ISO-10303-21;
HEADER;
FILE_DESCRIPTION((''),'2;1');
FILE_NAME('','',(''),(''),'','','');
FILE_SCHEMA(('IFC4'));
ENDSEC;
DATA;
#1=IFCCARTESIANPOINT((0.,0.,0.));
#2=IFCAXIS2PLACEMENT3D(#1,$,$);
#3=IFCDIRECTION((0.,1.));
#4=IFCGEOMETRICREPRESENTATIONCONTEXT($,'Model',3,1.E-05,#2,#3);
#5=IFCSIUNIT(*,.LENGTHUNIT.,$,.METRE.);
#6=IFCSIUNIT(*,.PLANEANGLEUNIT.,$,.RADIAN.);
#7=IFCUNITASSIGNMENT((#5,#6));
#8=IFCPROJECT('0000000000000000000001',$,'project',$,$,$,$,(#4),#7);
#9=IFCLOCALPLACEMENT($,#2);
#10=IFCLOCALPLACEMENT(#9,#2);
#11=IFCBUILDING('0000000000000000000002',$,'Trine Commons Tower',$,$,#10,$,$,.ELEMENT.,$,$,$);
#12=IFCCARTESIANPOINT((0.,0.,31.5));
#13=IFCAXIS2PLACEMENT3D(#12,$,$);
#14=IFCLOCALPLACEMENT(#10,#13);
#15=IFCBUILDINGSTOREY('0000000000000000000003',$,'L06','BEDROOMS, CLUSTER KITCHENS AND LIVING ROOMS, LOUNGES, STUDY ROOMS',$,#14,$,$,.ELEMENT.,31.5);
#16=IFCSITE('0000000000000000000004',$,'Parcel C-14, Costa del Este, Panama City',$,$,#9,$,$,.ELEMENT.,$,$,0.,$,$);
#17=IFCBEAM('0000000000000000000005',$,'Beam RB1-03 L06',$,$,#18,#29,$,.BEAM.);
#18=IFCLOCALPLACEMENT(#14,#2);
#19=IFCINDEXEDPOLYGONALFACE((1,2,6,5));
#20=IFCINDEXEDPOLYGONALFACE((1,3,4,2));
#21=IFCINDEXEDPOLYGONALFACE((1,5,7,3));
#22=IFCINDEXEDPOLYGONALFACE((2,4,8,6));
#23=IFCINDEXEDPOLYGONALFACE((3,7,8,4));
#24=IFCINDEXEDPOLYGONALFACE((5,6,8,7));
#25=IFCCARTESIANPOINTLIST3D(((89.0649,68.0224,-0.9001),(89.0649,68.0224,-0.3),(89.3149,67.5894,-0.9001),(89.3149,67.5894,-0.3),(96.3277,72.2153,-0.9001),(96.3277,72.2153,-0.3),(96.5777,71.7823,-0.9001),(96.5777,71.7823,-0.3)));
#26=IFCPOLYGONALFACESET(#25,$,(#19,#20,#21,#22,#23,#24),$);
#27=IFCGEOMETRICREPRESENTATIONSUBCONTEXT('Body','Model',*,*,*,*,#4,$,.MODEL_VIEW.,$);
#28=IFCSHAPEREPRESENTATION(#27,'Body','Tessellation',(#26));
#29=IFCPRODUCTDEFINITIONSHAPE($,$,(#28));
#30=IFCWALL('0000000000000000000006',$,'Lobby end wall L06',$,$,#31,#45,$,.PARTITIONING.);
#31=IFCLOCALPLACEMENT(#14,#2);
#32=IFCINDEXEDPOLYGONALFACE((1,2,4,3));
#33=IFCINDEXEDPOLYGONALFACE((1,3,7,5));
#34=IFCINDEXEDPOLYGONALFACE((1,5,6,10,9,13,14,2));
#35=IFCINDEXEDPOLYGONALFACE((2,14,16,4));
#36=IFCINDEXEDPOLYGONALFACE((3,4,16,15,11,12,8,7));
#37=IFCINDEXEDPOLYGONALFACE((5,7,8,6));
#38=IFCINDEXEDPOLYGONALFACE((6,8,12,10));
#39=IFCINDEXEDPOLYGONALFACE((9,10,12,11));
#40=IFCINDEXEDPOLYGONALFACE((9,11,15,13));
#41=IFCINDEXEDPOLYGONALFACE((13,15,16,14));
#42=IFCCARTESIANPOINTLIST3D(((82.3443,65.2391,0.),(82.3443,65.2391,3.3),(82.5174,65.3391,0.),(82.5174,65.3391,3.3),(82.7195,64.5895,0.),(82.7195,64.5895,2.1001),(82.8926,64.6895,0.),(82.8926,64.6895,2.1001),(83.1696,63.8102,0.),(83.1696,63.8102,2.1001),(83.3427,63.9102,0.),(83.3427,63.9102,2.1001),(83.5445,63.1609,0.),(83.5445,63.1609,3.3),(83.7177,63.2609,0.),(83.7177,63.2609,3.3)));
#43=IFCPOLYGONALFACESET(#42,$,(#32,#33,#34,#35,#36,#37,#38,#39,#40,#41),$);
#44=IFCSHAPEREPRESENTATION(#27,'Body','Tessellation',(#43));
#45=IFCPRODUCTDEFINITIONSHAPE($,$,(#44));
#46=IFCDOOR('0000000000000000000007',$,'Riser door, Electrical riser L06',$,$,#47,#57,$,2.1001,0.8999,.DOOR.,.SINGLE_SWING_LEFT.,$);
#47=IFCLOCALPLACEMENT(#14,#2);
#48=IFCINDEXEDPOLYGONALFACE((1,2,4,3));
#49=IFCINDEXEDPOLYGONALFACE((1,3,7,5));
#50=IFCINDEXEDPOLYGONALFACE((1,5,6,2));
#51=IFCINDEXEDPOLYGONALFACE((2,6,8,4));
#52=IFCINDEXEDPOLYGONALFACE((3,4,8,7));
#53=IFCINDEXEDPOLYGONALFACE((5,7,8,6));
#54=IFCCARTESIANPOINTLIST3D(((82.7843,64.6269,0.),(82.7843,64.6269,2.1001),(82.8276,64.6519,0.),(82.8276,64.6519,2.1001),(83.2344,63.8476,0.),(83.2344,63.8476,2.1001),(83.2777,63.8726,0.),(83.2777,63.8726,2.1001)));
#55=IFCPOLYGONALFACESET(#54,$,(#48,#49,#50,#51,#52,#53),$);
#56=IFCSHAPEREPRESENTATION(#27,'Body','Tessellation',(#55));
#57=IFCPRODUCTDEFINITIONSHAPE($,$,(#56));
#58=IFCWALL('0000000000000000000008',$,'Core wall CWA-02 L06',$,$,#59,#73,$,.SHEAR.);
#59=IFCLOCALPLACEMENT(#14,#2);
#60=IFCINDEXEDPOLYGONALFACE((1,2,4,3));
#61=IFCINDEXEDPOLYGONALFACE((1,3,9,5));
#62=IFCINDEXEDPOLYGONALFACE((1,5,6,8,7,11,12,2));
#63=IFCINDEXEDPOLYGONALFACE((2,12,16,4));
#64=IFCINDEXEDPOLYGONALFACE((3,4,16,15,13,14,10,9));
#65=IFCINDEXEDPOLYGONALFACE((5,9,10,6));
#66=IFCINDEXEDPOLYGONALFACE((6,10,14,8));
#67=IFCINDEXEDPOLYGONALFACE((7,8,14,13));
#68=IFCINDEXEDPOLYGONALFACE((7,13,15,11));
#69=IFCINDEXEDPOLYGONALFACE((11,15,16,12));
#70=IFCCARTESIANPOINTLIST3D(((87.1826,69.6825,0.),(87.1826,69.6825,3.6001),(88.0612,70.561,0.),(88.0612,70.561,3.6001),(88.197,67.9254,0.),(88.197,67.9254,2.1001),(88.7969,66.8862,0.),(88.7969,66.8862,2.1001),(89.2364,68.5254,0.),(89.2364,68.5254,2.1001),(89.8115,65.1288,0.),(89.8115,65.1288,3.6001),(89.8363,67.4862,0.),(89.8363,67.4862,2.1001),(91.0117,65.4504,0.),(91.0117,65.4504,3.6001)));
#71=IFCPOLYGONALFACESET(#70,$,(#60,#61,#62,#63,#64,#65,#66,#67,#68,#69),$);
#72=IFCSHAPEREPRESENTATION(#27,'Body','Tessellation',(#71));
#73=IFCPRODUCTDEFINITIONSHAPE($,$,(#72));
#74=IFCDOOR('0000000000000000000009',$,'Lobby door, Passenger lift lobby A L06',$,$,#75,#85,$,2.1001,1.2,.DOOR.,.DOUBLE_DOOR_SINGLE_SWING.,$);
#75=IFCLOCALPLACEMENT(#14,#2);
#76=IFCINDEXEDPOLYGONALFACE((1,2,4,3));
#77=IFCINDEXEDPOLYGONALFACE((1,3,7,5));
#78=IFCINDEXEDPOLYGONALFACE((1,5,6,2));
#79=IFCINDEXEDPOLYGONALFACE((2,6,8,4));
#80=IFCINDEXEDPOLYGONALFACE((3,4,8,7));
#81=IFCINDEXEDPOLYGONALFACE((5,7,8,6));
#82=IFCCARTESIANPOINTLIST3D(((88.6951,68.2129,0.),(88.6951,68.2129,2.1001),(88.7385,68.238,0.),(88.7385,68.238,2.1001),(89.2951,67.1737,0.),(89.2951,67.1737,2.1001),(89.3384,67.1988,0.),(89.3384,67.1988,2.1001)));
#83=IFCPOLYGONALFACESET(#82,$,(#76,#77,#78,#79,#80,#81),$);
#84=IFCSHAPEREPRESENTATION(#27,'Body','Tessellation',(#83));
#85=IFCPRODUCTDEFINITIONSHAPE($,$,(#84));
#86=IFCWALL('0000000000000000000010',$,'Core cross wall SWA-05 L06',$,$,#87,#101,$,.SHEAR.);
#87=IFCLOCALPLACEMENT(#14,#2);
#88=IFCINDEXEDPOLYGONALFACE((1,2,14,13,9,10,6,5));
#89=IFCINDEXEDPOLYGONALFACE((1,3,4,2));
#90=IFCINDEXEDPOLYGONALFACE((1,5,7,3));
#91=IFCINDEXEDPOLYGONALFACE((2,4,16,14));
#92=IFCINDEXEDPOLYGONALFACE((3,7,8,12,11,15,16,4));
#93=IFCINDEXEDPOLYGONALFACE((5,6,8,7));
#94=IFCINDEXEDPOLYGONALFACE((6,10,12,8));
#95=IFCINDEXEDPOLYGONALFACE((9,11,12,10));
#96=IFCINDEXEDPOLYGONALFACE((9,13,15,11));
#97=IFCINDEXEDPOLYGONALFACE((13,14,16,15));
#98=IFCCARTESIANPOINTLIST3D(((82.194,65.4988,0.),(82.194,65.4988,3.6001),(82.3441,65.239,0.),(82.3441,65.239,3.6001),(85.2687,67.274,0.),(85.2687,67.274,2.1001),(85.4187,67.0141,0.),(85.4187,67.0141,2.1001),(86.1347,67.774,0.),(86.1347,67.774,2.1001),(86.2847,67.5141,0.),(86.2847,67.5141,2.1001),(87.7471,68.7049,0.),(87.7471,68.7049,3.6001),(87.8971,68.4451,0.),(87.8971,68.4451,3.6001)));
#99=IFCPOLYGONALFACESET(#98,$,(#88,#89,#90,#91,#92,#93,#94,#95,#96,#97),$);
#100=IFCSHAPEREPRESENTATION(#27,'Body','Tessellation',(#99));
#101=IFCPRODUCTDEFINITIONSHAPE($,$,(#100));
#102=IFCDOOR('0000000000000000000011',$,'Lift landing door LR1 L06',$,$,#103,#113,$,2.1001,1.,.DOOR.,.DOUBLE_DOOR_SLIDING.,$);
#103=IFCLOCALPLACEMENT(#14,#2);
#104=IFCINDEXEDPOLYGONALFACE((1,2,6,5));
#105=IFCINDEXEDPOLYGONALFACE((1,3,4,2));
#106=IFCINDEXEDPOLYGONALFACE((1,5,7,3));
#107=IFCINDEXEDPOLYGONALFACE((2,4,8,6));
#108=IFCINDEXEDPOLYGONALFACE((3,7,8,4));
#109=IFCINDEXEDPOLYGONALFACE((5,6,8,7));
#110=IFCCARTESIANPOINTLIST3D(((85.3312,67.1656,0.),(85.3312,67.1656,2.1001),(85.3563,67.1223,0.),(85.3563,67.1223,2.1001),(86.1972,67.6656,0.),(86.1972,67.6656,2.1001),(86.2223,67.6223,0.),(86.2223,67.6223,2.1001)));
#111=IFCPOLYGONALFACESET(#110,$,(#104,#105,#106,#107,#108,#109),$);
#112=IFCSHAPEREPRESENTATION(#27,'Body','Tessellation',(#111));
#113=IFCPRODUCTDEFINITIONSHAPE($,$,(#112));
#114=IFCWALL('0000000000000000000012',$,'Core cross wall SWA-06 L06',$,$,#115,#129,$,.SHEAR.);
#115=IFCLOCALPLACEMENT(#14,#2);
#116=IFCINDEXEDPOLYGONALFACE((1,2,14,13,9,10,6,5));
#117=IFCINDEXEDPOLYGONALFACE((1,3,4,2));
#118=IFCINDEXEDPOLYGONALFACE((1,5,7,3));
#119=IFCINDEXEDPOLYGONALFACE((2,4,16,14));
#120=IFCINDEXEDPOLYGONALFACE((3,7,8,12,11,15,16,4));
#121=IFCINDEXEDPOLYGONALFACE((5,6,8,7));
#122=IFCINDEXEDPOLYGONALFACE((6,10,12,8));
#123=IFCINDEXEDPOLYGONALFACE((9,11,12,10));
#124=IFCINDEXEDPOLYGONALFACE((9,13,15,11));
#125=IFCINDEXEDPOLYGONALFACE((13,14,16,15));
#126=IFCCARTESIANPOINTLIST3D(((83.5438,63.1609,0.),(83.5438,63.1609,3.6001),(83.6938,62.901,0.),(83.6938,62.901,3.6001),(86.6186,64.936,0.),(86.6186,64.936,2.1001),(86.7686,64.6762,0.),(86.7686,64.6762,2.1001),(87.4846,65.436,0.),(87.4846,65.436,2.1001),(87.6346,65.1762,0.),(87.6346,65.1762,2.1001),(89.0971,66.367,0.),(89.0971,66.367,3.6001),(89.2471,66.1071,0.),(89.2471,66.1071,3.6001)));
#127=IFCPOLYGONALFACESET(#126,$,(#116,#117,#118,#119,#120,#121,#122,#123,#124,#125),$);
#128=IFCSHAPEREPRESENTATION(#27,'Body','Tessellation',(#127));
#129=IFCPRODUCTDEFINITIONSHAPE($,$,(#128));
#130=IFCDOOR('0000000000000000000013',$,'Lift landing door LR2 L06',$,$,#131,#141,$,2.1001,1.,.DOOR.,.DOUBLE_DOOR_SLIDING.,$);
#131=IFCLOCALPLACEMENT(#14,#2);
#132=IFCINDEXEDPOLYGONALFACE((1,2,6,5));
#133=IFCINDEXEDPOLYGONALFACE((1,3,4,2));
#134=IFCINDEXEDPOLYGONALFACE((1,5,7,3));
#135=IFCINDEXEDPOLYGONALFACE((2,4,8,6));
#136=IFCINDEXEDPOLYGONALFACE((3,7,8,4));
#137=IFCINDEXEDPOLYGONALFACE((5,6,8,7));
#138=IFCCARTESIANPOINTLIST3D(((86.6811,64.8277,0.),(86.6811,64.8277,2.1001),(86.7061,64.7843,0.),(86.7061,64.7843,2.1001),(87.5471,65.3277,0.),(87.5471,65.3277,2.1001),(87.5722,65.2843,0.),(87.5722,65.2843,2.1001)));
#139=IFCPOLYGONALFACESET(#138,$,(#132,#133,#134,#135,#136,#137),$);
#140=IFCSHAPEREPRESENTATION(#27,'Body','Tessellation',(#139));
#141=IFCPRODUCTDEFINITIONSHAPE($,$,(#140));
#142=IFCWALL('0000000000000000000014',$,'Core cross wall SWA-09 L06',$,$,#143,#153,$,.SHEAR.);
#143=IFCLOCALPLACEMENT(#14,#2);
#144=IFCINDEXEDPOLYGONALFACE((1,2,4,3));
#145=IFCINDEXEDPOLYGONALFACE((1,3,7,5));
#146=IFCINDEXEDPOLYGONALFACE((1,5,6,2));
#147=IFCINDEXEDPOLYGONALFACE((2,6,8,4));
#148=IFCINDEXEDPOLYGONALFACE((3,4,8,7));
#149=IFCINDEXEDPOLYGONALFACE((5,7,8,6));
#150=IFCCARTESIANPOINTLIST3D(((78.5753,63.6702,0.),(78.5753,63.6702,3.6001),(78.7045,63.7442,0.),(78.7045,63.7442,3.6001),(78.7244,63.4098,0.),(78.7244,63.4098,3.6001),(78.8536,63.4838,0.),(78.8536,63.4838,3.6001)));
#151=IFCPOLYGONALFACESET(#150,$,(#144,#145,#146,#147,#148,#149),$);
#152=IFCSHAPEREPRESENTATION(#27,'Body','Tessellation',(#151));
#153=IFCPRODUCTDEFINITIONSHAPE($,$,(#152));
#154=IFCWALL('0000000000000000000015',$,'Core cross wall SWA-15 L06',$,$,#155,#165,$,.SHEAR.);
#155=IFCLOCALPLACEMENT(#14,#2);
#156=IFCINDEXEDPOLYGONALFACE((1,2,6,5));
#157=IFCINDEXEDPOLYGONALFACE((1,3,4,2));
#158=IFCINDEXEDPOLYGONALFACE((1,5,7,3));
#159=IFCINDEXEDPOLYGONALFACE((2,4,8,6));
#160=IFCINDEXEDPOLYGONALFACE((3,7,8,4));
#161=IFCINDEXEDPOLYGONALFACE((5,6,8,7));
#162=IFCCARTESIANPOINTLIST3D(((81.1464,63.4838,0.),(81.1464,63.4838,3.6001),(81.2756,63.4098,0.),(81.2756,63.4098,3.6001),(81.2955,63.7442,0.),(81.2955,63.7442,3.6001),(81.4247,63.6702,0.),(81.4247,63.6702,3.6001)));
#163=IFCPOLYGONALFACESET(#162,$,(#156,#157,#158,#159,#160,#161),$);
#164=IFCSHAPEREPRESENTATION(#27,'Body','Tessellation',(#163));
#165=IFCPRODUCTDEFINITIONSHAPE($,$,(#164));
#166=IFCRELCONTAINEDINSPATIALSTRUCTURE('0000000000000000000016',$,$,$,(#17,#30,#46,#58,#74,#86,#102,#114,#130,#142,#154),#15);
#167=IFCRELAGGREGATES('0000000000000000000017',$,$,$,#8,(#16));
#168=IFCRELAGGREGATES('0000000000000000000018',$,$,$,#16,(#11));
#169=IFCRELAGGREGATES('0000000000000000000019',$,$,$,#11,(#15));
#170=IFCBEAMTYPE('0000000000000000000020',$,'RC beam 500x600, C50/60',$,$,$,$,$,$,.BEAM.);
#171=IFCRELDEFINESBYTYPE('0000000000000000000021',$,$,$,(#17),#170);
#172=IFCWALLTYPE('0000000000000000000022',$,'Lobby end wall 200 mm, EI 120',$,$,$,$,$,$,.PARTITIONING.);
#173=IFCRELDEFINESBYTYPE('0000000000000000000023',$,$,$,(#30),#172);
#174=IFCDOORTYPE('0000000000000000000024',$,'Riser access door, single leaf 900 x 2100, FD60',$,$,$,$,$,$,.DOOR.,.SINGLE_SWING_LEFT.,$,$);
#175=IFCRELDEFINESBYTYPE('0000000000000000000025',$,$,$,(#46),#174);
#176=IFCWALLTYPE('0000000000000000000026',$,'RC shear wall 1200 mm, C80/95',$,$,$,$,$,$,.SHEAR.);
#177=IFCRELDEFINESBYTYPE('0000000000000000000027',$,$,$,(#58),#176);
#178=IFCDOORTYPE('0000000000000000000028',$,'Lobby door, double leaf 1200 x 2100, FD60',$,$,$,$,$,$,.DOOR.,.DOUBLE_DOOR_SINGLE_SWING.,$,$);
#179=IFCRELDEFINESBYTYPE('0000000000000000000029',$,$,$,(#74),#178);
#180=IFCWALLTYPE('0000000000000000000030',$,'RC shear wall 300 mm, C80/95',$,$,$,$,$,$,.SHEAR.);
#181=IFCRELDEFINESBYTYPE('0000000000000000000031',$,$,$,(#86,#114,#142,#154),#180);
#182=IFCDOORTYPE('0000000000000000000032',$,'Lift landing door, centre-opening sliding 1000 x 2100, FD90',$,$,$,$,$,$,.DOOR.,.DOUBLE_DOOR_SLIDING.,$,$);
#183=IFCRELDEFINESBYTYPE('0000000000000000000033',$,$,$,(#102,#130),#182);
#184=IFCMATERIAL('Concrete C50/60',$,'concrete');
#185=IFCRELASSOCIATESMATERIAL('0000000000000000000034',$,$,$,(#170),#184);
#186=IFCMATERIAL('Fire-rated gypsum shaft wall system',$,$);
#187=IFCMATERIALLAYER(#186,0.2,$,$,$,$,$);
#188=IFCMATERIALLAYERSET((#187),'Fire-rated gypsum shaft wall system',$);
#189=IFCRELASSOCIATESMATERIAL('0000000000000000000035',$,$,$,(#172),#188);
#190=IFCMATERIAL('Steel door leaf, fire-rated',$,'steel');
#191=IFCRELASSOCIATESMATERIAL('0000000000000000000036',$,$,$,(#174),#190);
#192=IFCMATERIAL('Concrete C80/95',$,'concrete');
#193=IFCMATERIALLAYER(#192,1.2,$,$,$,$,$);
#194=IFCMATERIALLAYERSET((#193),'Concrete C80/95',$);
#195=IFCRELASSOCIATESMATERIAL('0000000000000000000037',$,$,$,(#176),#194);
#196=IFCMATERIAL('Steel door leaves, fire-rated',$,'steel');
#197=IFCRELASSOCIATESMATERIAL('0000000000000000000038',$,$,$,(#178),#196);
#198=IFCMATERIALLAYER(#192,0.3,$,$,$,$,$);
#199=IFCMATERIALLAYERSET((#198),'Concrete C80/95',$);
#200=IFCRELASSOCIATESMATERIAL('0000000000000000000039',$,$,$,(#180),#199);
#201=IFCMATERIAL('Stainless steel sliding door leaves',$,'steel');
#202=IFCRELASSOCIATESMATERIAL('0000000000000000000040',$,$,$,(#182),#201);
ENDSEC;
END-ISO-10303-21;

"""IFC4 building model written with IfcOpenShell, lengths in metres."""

from ifc_helpers import new_model, si_unit, direction, frame, frame_2d, origin, origin_2d, place, context, subcontext, project, spatial, polyline, rectangle, outline, extrude, material, layer, layer_set, material_profile, profile_set, type_object, element, fill, save


model = new_model("IFC4")

# Units and contexts
model_context = context("Model", 3, precision=1e-05, world=origin(), true_north=direction((0.0, 1.0)))
body_context = subcontext(model_context, "Body", "Model", "MODEL_VIEW")
ifc_project = project(units=[si_unit("LENGTHUNIT", "METRE"), si_unit("PLANEANGLEUNIT", "RADIAN")], contexts=[model_context])

# Site, building, storey
site_placement = place(None, origin())
site = spatial("IfcSite", under=ifc_project, at=site_placement, Name="Parcel C-14, Costa del Este, Panama City", CompositionType="ELEMENT", RefElevation=0.0)
building_placement = place(site_placement, origin())
building = spatial("IfcBuilding", under=site, at=building_placement, Name="Trine Commons Tower", CompositionType="ELEMENT")
storey_placement = place(building_placement, frame((0.0, 0.0, 31.5)))
storey = spatial("IfcBuildingStorey", under=building, at=storey_placement, Name="L06", Description="BEDROOMS, CLUSTER KITCHENS AND LIVING ROOMS, LOUNGES, STUDY ROOMS", CompositionType="ELEMENT", Elevation=31.5)

# Beam
ifc_material_1 = material(Name="Concrete C50/60", Category="concrete")
ifc_material_profile = material_profile(ifc_material_1, rectangle(XDim=0.5, YDim=0.6001, at=origin_2d()), Name="RC 500x600")
ifc_profile_set = profile_set([ifc_material_profile], Name="Concrete C50/60")
beam_type = type_object("IfcBeamType", Name="RC beam 500x600, C50/60", PredefinedType="BEAM", material=ifc_profile_set)
beam_placement = place(storey_placement, frame((89.1899, 67.8059, -0.6001), z_axis=(0.866038, 0.499978, 0.0), x_axis=(-0.499978, 0.866038, 0.0)))
element("IfcBeam", 1, at=beam_placement, inside=storey, type_object=beam_type, Name="Beam RB1-03 L06", PredefinedType="BEAM", context=body_context, shape_type="SweptSolid", body=[
    extrude(rectangle(XDim=0.5, YDim=0.6001, at=origin_2d()), origin(), (0.0, 0.0, 1.0), 8.3862),
])

# Walls, openings, doors
ifc_material_2 = material(Name="Fire-rated gypsum shaft wall system")
ifc_layer_1 = layer(ifc_material_2, 0.2)
ifc_layer_set_1 = layer_set([ifc_layer_1], Name="Fire-rated gypsum shaft wall system")
wall_type_1 = type_object("IfcWallType", Name="Lobby end wall 200 mm, EI 120", PredefinedType="PARTITIONING", material=ifc_layer_set_1)
wall_1_placement = place(storey_placement, frame((83.6311, 63.2109, 0.0), z_axis=(0.0, 0.0, 1.0), x_axis=(-0.500122, 0.865955, 0.0)))
wall_1 = element("IfcWall", 2, at=wall_1_placement, inside=storey, type_object=wall_type_1, Name="Lobby end wall L06", PredefinedType="PARTITIONING", context=body_context, shape_type="SweptSolid", body=[
    extrude(rectangle(XDim=2.3999, YDim=0.2, at=frame_2d((1.2, 0.0))), origin(), (0.0, 0.0, 1.0), 3.3),
])
opening_1_placement = place(wall_1_placement, frame((0.7498, 0.0, 0.0)))
opening_1 = element("IfcOpeningElement", 3, at=opening_1_placement, cuts=wall_1, PredefinedType="OPENING", context=body_context, shape_type="SweptSolid", body=[
    extrude(rectangle(XDim=0.8999, YDim=2.1001, at=frame_2d((0.45, 1.05))), frame((0.0, 0.1099, 0.0), z_axis=(0.0, -1.0, 0.0), x_axis=(1.0, 0.0, 0.0)), (0.0, 0.0, 1.0), 0.22),
])
ifc_material_3 = material(Name="Steel door leaf, fire-rated", Category="steel")
door_type_1 = type_object("IfcDoorType", Name="Riser access door, single leaf 900 x 2100, FD60", OperationType="SINGLE_SWING_LEFT", PredefinedType="DOOR", material=ifc_material_3)
door_1_placement = place(opening_1_placement, frame((0.8999, 0.0, 0.0), z_axis=(0.0, 0.0, 1.0), x_axis=(-1.0, 0.0, 0.0)))
door_1 = element("IfcDoor", 4, at=door_1_placement, inside=storey, type_object=door_type_1, Name="Riser door, Electrical riser L06", OperationType="SINGLE_SWING_LEFT", OverallHeight=2.1001, OverallWidth=0.8999, PredefinedType="DOOR", context=body_context, shape_type="SweptSolid", body=[
    extrude(rectangle(XDim=0.8999, YDim=2.1001, at=frame_2d((0.45, 1.05))), frame((0.0, 0.0249, 0.0), z_axis=(0.0, -1.0, 0.0), x_axis=(1.0, 0.0, 0.0)), (0.0, 0.0, 1.0), 0.05),
])
fill(opening_1, door_1)
ifc_material_4 = material(Name="Concrete C80/95", Category="concrete")
ifc_layer_2 = layer(ifc_material_4, 1.2)
ifc_layer_set_2 = layer_set([ifc_layer_2], Name="Concrete C80/95")
wall_type_2 = type_object("IfcWallType", Name="RC shear wall 1200 mm, C80/95", PredefinedType="SHEAR", material=ifc_layer_set_2)
wall_2_placement = place(storey_placement, frame((90.4919, 65.1504, 0.0), z_axis=(0.0, 0.0, 1.0), x_axis=(-0.499979, 0.866037, 0.0)))
wall_2 = element("IfcWall", 5, at=wall_2_placement, inside=storey, type_object=wall_type_2, Name="Core wall CWA-02 L06", PredefinedType="SHEAR", context=body_context, shape_type="SweptSolid", body=[
    extrude(outline(polyline([(0.0, -0.6001), (5.9011, -0.6001), (5.5796, 0.6001), (0.3215, 0.6001), (0.0, -0.6001)])), origin(), (0.0, 0.0, 1.0), 3.6001),
])
opening_2_placement = place(wall_2_placement, frame((2.3506, 0.0, 0.0)))
opening_2 = element("IfcOpeningElement", 6, at=opening_2_placement, cuts=wall_2, PredefinedType="OPENING", context=body_context, shape_type="SweptSolid", body=[
    extrude(rectangle(XDim=1.2, YDim=2.1001, at=frame_2d((0.6001, 1.05))), frame((0.0, 0.6099, 0.0), z_axis=(0.0, -1.0, 0.0), x_axis=(1.0, 0.0, 0.0)), (0.0, 0.0, 1.0), 1.22),
])
ifc_material_5 = material(Name="Steel door leaves, fire-rated", Category="steel")
door_type_2 = type_object("IfcDoorType", Name="Lobby door, double leaf 1200 x 2100, FD60", OperationType="DOUBLE_DOOR_SINGLE_SWING", PredefinedType="DOOR", material=ifc_material_5)
door_2_placement = place(opening_2_placement, origin())
door_2 = element("IfcDoor", 7, at=door_2_placement, inside=storey, type_object=door_type_2, Name="Lobby door, Passenger lift lobby A L06", OperationType="DOUBLE_DOOR_SINGLE_SWING", OverallHeight=2.1001, OverallWidth=1.2, PredefinedType="DOOR", context=body_context, shape_type="SweptSolid", body=[
    extrude(rectangle(XDim=1.2, YDim=2.1001, at=frame_2d((0.6001, 1.05))), frame((0.0, 0.0249, 0.0), z_axis=(0.0, -1.0, 0.0), x_axis=(1.0, 0.0, 0.0)), (0.0, 0.0, 1.0), 0.05),
])
fill(opening_2, door_2)
ifc_layer_3 = layer(ifc_material_4, 0.3)
ifc_layer_set_3 = layer_set([ifc_layer_3], Name="Concrete C80/95")
wall_type_3 = type_object("IfcWallType", Name="RC shear wall 300 mm, C80/95", PredefinedType="SHEAR", material=ifc_layer_set_3)
wall_3_placement = place(storey_placement, frame((82.269, 65.3689, 0.0), z_axis=(0.0, 0.0, 1.0), x_axis=(0.866023, 0.500005, 0.0)))
wall_3 = element("IfcWall", 8, at=wall_3_placement, inside=storey, type_object=wall_type_3, Name="Core cross wall SWA-05 L06", PredefinedType="SHEAR", context=body_context, shape_type="SweptSolid", body=[
    extrude(rectangle(XDim=6.4121, YDim=0.3, at=frame_2d((3.2061, 0.0))), origin(), (0.0, 0.0, 1.0), 3.6001),
])
opening_3_placement = place(wall_3_placement, frame((3.5503, 0.0, 0.0)))
opening_3 = element("IfcOpeningElement", 9, at=opening_3_placement, cuts=wall_3, PredefinedType="OPENING", context=body_context, shape_type="SweptSolid", body=[
    extrude(rectangle(XDim=1.0, YDim=2.1001, at=frame_2d((0.5, 1.05))), frame((0.0, 0.1599, 0.0), z_axis=(0.0, -1.0, 0.0), x_axis=(1.0, 0.0, 0.0)), (0.0, 0.0, 1.0), 0.3201),
])
ifc_material_6 = material(Name="Stainless steel sliding door leaves", Category="steel")
door_type_3 = type_object("IfcDoorType", Name="Lift landing door, centre-opening sliding 1000 x 2100, FD90", OperationType="DOUBLE_DOOR_SLIDING", PredefinedType="DOOR", material=ifc_material_6)
door_3_placement = place(opening_3_placement, origin())
door_3 = element("IfcDoor", 10, at=door_3_placement, inside=storey, type_object=door_type_3, Name="Lift landing door LR1 L06", OperationType="DOUBLE_DOOR_SLIDING", OverallHeight=2.1001, OverallWidth=1.0, PredefinedType="DOOR", context=body_context, shape_type="SweptSolid", body=[
    extrude(rectangle(XDim=1.0, YDim=2.1001, at=frame_2d((0.5, 1.05))), frame((0.0, 0.0249, 0.0), z_axis=(0.0, -1.0, 0.0), x_axis=(1.0, 0.0, 0.0)), (0.0, 0.0, 1.0), 0.05),
])
fill(opening_3, door_3)
wall_4_placement = place(storey_placement, frame((83.6189, 63.031, 0.0), z_axis=(0.0, 0.0, 1.0), x_axis=(0.866032, 0.499988, 0.0)))
wall_4 = element("IfcWall", 11, at=wall_4_placement, inside=storey, type_object=wall_type_3, Name="Core cross wall SWA-06 L06", PredefinedType="SHEAR", context=body_context, shape_type="SweptSolid", body=[
    extrude(rectangle(XDim=6.4124, YDim=0.3, at=frame_2d((3.2061, 0.0))), origin(), (0.0, 0.0, 1.0), 3.6001),
])
opening_4_placement = place(wall_4_placement, frame((3.5503, 0.0, 0.0)))
opening_4 = element("IfcOpeningElement", 12, at=opening_4_placement, cuts=wall_4, PredefinedType="OPENING", context=body_context, shape_type="SweptSolid", body=[
    extrude(rectangle(XDim=1.0, YDim=2.1001, at=frame_2d((0.5, 1.05))), frame((0.0, 0.1599, 0.0), z_axis=(0.0, -1.0, 0.0), x_axis=(1.0, 0.0, 0.0)), (0.0, 0.0, 1.0), 0.3201),
])
door_4_placement = place(opening_4_placement, origin())
door_4 = element("IfcDoor", 13, at=door_4_placement, inside=storey, type_object=door_type_3, Name="Lift landing door LR2 L06", OperationType="DOUBLE_DOOR_SLIDING", OverallHeight=2.1001, OverallWidth=1.0, PredefinedType="DOOR", context=body_context, shape_type="SweptSolid", body=[
    extrude(rectangle(XDim=1.0, YDim=2.1001, at=frame_2d((0.5, 1.05))), frame((0.0, 0.0249, 0.0), z_axis=(0.0, -1.0, 0.0), x_axis=(1.0, 0.0, 0.0)), (0.0, 0.0, 1.0), 0.05),
])
fill(opening_4, door_4)

# Walls
for number, where, z_axis, x_axis, name in (
    (14, (78.7791, 63.614, 0.0), (0.0, 0.0, 1.0), (-0.867738, -0.497022, 0.0), "Core cross wall SWA-09 L06"),
    (15, (81.2209, 63.614, 0.0), (0.0, 0.0, 1.0), (0.867738, -0.497022, 0.0), "Core cross wall SWA-15 L06"),
):
    element("IfcWall", number, at=place(storey_placement, frame(where, z_axis=z_axis, x_axis=x_axis)), inside=storey, type_object=wall_type_3, Name=name, PredefinedType="SHEAR", context=body_context, shape_type="SweptSolid", body=[
        extrude(rectangle(XDim=0.1489, YDim=0.3, at=frame_2d((0.0745, 0.0))), origin(), (0.0, 0.0, 1.0), 3.6001),
    ])

save(model, "model.ifc")
